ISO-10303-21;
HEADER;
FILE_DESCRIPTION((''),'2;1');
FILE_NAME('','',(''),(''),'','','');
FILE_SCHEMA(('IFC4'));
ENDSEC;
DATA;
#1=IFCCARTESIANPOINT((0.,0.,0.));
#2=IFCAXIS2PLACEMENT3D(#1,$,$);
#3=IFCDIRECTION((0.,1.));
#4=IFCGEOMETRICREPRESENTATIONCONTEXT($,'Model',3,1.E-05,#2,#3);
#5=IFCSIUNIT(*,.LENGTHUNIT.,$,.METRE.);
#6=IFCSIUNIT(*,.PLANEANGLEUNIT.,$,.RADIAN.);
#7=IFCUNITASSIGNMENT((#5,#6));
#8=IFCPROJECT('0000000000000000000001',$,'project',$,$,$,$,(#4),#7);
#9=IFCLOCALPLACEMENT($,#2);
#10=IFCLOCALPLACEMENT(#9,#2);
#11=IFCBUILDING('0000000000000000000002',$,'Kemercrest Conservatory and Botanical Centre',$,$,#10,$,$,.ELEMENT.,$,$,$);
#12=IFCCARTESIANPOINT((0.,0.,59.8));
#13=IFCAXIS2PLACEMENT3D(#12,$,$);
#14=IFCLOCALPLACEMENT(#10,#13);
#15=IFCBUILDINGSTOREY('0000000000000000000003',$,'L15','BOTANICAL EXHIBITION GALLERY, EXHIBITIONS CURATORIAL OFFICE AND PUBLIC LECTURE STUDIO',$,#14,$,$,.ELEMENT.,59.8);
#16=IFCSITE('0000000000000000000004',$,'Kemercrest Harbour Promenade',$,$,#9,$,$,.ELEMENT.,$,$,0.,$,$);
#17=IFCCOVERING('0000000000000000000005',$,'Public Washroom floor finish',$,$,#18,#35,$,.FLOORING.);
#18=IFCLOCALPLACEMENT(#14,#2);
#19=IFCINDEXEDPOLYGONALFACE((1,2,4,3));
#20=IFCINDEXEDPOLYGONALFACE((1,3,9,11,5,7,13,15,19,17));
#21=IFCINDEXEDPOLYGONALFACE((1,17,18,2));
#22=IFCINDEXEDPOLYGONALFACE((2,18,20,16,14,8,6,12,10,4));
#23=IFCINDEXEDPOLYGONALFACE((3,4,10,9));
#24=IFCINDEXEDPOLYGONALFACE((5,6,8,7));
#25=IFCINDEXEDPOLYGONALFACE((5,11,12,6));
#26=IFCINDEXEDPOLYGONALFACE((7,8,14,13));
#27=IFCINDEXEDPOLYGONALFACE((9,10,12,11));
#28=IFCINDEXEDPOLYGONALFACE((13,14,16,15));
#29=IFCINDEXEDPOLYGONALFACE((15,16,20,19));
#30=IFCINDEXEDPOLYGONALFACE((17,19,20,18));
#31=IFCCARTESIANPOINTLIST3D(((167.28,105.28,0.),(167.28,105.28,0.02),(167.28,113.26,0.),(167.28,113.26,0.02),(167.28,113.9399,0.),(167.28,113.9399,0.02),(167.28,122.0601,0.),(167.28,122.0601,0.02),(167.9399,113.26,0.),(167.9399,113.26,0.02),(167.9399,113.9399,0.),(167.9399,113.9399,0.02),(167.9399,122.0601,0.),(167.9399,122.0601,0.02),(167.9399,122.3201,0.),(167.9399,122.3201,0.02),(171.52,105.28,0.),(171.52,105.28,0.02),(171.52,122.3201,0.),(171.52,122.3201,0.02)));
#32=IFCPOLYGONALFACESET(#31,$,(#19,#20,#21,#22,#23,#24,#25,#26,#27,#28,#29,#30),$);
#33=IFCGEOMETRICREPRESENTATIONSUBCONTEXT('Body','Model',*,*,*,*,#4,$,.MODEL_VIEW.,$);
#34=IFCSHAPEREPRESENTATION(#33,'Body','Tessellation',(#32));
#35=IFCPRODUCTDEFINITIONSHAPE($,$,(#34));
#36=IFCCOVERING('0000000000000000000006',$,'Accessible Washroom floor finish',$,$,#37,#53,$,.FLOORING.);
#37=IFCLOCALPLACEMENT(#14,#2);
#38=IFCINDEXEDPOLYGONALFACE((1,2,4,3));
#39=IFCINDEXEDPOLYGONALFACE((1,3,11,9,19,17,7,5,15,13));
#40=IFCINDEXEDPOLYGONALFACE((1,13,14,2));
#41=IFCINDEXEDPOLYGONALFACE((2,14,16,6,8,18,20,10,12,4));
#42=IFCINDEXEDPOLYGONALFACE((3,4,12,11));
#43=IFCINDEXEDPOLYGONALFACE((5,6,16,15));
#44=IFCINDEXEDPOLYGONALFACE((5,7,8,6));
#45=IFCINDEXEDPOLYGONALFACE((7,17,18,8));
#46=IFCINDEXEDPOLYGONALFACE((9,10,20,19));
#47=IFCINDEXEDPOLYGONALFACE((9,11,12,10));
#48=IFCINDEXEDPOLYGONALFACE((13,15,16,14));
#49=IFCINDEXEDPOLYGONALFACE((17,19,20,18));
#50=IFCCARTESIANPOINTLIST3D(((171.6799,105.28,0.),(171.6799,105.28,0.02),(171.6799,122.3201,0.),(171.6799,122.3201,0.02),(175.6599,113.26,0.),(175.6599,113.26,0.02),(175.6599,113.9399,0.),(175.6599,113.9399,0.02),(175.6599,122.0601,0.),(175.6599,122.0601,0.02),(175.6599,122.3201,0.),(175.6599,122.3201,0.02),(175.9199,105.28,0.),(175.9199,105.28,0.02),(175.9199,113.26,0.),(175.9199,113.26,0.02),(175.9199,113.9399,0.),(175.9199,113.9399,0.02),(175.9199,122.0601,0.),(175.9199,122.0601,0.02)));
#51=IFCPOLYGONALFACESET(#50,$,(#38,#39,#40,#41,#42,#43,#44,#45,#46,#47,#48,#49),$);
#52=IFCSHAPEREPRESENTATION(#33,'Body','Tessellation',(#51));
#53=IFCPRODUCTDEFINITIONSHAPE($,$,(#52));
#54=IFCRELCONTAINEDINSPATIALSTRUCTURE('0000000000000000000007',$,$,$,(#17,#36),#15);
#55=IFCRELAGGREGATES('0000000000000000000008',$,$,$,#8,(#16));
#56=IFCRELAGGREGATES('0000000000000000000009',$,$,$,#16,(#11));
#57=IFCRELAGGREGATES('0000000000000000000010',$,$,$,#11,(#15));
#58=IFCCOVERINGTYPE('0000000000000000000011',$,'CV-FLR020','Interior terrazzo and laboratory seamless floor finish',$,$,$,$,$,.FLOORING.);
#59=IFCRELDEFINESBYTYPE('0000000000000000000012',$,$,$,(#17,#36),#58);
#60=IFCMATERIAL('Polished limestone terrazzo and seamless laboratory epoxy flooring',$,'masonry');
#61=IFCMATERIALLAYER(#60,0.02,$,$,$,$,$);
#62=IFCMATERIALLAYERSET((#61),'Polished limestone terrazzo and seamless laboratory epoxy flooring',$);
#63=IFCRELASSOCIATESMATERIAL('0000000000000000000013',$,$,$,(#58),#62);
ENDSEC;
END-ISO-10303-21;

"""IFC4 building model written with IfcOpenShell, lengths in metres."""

from ifc_helpers import new_model, si_unit, direction, frame, origin, place, context, subcontext, project, spatial, polyline, outline, extrude, material, layer, layer_set, type_object, element, save


model = new_model("IFC4")

# Units and contexts
model_context = context("Model", 3, precision=1e-05, world=origin(), true_north=direction((0.0, 1.0)))
body_context = subcontext(model_context, "Body", "Model", "MODEL_VIEW")
ifc_project = project(units=[si_unit("LENGTHUNIT", "METRE"), si_unit("PLANEANGLEUNIT", "RADIAN")], contexts=[model_context])

# Site, building, storey
site_placement = place(None, origin())
site = spatial("IfcSite", under=ifc_project, at=site_placement, Name="Kemercrest Harbour Promenade", CompositionType="ELEMENT", RefElevation=0.0)
building_placement = place(site_placement, origin())
building = spatial("IfcBuilding", under=site, at=building_placement, Name="Kemercrest Conservatory and Botanical Centre", CompositionType="ELEMENT")
storey_placement = place(building_placement, frame((0.0, 0.0, 59.8)))
storey = spatial("IfcBuildingStorey", under=building, at=storey_placement, Name="L15", Description="BOTANICAL EXHIBITION GALLERY, EXHIBITIONS CURATORIAL OFFICE AND PUBLIC LECTURE STUDIO", CompositionType="ELEMENT", Elevation=59.8)

# Coverings
ifc_material_1 = material(Name="Polished limestone terrazzo and seamless laboratory epoxy flooring", Category="masonry")
ifc_layer_1 = layer(ifc_material_1, 0.02)
ifc_layer_set_1 = layer_set([ifc_layer_1], Name="Polished limestone terrazzo and seamless laboratory epoxy flooring")
covering_type_1 = type_object("IfcCoveringType", Name="CV-FLR020", Description="Interior terrazzo and laboratory seamless floor finish", PredefinedType="FLOORING", material=ifc_layer_set_1)
covering_1_placement = place(storey_placement, origin())
element("IfcCovering", 1, at=covering_1_placement, inside=storey, type_object=covering_type_1, Name="Public Washroom floor finish", PredefinedType="FLOORING", context=body_context, shape_type="SweptSolid", body=[
    extrude(outline(polyline([(167.28, 105.28), (171.52, 105.28), (171.52, 122.3201), (167.9399, 122.3201), (167.9399, 122.0601), (167.28, 122.0601), (167.28, 113.9399), (167.9399, 113.9399), (167.9399, 113.26), (167.28, 113.26), (167.28, 105.28)])), origin(), (0.0, 0.0, 1.0), 0.02),
])
covering_2_placement = place(storey_placement, origin())
element("IfcCovering", 2, at=covering_2_placement, inside=storey, type_object=covering_type_1, Name="Accessible Washroom floor finish", PredefinedType="FLOORING", context=body_context, shape_type="SweptSolid", body=[
    extrude(outline(polyline([(171.6799, 105.28), (175.9199, 105.28), (175.9199, 113.26), (175.6599, 113.26), (175.6599, 113.9399), (175.9199, 113.9399), (175.9199, 122.0601), (175.6599, 122.0601), (175.6599, 122.3201), (171.6799, 122.3201), (171.6799, 105.28)])), origin(), (0.0, 0.0, 1.0), 0.02),
])

save(model, "model.ifc")
